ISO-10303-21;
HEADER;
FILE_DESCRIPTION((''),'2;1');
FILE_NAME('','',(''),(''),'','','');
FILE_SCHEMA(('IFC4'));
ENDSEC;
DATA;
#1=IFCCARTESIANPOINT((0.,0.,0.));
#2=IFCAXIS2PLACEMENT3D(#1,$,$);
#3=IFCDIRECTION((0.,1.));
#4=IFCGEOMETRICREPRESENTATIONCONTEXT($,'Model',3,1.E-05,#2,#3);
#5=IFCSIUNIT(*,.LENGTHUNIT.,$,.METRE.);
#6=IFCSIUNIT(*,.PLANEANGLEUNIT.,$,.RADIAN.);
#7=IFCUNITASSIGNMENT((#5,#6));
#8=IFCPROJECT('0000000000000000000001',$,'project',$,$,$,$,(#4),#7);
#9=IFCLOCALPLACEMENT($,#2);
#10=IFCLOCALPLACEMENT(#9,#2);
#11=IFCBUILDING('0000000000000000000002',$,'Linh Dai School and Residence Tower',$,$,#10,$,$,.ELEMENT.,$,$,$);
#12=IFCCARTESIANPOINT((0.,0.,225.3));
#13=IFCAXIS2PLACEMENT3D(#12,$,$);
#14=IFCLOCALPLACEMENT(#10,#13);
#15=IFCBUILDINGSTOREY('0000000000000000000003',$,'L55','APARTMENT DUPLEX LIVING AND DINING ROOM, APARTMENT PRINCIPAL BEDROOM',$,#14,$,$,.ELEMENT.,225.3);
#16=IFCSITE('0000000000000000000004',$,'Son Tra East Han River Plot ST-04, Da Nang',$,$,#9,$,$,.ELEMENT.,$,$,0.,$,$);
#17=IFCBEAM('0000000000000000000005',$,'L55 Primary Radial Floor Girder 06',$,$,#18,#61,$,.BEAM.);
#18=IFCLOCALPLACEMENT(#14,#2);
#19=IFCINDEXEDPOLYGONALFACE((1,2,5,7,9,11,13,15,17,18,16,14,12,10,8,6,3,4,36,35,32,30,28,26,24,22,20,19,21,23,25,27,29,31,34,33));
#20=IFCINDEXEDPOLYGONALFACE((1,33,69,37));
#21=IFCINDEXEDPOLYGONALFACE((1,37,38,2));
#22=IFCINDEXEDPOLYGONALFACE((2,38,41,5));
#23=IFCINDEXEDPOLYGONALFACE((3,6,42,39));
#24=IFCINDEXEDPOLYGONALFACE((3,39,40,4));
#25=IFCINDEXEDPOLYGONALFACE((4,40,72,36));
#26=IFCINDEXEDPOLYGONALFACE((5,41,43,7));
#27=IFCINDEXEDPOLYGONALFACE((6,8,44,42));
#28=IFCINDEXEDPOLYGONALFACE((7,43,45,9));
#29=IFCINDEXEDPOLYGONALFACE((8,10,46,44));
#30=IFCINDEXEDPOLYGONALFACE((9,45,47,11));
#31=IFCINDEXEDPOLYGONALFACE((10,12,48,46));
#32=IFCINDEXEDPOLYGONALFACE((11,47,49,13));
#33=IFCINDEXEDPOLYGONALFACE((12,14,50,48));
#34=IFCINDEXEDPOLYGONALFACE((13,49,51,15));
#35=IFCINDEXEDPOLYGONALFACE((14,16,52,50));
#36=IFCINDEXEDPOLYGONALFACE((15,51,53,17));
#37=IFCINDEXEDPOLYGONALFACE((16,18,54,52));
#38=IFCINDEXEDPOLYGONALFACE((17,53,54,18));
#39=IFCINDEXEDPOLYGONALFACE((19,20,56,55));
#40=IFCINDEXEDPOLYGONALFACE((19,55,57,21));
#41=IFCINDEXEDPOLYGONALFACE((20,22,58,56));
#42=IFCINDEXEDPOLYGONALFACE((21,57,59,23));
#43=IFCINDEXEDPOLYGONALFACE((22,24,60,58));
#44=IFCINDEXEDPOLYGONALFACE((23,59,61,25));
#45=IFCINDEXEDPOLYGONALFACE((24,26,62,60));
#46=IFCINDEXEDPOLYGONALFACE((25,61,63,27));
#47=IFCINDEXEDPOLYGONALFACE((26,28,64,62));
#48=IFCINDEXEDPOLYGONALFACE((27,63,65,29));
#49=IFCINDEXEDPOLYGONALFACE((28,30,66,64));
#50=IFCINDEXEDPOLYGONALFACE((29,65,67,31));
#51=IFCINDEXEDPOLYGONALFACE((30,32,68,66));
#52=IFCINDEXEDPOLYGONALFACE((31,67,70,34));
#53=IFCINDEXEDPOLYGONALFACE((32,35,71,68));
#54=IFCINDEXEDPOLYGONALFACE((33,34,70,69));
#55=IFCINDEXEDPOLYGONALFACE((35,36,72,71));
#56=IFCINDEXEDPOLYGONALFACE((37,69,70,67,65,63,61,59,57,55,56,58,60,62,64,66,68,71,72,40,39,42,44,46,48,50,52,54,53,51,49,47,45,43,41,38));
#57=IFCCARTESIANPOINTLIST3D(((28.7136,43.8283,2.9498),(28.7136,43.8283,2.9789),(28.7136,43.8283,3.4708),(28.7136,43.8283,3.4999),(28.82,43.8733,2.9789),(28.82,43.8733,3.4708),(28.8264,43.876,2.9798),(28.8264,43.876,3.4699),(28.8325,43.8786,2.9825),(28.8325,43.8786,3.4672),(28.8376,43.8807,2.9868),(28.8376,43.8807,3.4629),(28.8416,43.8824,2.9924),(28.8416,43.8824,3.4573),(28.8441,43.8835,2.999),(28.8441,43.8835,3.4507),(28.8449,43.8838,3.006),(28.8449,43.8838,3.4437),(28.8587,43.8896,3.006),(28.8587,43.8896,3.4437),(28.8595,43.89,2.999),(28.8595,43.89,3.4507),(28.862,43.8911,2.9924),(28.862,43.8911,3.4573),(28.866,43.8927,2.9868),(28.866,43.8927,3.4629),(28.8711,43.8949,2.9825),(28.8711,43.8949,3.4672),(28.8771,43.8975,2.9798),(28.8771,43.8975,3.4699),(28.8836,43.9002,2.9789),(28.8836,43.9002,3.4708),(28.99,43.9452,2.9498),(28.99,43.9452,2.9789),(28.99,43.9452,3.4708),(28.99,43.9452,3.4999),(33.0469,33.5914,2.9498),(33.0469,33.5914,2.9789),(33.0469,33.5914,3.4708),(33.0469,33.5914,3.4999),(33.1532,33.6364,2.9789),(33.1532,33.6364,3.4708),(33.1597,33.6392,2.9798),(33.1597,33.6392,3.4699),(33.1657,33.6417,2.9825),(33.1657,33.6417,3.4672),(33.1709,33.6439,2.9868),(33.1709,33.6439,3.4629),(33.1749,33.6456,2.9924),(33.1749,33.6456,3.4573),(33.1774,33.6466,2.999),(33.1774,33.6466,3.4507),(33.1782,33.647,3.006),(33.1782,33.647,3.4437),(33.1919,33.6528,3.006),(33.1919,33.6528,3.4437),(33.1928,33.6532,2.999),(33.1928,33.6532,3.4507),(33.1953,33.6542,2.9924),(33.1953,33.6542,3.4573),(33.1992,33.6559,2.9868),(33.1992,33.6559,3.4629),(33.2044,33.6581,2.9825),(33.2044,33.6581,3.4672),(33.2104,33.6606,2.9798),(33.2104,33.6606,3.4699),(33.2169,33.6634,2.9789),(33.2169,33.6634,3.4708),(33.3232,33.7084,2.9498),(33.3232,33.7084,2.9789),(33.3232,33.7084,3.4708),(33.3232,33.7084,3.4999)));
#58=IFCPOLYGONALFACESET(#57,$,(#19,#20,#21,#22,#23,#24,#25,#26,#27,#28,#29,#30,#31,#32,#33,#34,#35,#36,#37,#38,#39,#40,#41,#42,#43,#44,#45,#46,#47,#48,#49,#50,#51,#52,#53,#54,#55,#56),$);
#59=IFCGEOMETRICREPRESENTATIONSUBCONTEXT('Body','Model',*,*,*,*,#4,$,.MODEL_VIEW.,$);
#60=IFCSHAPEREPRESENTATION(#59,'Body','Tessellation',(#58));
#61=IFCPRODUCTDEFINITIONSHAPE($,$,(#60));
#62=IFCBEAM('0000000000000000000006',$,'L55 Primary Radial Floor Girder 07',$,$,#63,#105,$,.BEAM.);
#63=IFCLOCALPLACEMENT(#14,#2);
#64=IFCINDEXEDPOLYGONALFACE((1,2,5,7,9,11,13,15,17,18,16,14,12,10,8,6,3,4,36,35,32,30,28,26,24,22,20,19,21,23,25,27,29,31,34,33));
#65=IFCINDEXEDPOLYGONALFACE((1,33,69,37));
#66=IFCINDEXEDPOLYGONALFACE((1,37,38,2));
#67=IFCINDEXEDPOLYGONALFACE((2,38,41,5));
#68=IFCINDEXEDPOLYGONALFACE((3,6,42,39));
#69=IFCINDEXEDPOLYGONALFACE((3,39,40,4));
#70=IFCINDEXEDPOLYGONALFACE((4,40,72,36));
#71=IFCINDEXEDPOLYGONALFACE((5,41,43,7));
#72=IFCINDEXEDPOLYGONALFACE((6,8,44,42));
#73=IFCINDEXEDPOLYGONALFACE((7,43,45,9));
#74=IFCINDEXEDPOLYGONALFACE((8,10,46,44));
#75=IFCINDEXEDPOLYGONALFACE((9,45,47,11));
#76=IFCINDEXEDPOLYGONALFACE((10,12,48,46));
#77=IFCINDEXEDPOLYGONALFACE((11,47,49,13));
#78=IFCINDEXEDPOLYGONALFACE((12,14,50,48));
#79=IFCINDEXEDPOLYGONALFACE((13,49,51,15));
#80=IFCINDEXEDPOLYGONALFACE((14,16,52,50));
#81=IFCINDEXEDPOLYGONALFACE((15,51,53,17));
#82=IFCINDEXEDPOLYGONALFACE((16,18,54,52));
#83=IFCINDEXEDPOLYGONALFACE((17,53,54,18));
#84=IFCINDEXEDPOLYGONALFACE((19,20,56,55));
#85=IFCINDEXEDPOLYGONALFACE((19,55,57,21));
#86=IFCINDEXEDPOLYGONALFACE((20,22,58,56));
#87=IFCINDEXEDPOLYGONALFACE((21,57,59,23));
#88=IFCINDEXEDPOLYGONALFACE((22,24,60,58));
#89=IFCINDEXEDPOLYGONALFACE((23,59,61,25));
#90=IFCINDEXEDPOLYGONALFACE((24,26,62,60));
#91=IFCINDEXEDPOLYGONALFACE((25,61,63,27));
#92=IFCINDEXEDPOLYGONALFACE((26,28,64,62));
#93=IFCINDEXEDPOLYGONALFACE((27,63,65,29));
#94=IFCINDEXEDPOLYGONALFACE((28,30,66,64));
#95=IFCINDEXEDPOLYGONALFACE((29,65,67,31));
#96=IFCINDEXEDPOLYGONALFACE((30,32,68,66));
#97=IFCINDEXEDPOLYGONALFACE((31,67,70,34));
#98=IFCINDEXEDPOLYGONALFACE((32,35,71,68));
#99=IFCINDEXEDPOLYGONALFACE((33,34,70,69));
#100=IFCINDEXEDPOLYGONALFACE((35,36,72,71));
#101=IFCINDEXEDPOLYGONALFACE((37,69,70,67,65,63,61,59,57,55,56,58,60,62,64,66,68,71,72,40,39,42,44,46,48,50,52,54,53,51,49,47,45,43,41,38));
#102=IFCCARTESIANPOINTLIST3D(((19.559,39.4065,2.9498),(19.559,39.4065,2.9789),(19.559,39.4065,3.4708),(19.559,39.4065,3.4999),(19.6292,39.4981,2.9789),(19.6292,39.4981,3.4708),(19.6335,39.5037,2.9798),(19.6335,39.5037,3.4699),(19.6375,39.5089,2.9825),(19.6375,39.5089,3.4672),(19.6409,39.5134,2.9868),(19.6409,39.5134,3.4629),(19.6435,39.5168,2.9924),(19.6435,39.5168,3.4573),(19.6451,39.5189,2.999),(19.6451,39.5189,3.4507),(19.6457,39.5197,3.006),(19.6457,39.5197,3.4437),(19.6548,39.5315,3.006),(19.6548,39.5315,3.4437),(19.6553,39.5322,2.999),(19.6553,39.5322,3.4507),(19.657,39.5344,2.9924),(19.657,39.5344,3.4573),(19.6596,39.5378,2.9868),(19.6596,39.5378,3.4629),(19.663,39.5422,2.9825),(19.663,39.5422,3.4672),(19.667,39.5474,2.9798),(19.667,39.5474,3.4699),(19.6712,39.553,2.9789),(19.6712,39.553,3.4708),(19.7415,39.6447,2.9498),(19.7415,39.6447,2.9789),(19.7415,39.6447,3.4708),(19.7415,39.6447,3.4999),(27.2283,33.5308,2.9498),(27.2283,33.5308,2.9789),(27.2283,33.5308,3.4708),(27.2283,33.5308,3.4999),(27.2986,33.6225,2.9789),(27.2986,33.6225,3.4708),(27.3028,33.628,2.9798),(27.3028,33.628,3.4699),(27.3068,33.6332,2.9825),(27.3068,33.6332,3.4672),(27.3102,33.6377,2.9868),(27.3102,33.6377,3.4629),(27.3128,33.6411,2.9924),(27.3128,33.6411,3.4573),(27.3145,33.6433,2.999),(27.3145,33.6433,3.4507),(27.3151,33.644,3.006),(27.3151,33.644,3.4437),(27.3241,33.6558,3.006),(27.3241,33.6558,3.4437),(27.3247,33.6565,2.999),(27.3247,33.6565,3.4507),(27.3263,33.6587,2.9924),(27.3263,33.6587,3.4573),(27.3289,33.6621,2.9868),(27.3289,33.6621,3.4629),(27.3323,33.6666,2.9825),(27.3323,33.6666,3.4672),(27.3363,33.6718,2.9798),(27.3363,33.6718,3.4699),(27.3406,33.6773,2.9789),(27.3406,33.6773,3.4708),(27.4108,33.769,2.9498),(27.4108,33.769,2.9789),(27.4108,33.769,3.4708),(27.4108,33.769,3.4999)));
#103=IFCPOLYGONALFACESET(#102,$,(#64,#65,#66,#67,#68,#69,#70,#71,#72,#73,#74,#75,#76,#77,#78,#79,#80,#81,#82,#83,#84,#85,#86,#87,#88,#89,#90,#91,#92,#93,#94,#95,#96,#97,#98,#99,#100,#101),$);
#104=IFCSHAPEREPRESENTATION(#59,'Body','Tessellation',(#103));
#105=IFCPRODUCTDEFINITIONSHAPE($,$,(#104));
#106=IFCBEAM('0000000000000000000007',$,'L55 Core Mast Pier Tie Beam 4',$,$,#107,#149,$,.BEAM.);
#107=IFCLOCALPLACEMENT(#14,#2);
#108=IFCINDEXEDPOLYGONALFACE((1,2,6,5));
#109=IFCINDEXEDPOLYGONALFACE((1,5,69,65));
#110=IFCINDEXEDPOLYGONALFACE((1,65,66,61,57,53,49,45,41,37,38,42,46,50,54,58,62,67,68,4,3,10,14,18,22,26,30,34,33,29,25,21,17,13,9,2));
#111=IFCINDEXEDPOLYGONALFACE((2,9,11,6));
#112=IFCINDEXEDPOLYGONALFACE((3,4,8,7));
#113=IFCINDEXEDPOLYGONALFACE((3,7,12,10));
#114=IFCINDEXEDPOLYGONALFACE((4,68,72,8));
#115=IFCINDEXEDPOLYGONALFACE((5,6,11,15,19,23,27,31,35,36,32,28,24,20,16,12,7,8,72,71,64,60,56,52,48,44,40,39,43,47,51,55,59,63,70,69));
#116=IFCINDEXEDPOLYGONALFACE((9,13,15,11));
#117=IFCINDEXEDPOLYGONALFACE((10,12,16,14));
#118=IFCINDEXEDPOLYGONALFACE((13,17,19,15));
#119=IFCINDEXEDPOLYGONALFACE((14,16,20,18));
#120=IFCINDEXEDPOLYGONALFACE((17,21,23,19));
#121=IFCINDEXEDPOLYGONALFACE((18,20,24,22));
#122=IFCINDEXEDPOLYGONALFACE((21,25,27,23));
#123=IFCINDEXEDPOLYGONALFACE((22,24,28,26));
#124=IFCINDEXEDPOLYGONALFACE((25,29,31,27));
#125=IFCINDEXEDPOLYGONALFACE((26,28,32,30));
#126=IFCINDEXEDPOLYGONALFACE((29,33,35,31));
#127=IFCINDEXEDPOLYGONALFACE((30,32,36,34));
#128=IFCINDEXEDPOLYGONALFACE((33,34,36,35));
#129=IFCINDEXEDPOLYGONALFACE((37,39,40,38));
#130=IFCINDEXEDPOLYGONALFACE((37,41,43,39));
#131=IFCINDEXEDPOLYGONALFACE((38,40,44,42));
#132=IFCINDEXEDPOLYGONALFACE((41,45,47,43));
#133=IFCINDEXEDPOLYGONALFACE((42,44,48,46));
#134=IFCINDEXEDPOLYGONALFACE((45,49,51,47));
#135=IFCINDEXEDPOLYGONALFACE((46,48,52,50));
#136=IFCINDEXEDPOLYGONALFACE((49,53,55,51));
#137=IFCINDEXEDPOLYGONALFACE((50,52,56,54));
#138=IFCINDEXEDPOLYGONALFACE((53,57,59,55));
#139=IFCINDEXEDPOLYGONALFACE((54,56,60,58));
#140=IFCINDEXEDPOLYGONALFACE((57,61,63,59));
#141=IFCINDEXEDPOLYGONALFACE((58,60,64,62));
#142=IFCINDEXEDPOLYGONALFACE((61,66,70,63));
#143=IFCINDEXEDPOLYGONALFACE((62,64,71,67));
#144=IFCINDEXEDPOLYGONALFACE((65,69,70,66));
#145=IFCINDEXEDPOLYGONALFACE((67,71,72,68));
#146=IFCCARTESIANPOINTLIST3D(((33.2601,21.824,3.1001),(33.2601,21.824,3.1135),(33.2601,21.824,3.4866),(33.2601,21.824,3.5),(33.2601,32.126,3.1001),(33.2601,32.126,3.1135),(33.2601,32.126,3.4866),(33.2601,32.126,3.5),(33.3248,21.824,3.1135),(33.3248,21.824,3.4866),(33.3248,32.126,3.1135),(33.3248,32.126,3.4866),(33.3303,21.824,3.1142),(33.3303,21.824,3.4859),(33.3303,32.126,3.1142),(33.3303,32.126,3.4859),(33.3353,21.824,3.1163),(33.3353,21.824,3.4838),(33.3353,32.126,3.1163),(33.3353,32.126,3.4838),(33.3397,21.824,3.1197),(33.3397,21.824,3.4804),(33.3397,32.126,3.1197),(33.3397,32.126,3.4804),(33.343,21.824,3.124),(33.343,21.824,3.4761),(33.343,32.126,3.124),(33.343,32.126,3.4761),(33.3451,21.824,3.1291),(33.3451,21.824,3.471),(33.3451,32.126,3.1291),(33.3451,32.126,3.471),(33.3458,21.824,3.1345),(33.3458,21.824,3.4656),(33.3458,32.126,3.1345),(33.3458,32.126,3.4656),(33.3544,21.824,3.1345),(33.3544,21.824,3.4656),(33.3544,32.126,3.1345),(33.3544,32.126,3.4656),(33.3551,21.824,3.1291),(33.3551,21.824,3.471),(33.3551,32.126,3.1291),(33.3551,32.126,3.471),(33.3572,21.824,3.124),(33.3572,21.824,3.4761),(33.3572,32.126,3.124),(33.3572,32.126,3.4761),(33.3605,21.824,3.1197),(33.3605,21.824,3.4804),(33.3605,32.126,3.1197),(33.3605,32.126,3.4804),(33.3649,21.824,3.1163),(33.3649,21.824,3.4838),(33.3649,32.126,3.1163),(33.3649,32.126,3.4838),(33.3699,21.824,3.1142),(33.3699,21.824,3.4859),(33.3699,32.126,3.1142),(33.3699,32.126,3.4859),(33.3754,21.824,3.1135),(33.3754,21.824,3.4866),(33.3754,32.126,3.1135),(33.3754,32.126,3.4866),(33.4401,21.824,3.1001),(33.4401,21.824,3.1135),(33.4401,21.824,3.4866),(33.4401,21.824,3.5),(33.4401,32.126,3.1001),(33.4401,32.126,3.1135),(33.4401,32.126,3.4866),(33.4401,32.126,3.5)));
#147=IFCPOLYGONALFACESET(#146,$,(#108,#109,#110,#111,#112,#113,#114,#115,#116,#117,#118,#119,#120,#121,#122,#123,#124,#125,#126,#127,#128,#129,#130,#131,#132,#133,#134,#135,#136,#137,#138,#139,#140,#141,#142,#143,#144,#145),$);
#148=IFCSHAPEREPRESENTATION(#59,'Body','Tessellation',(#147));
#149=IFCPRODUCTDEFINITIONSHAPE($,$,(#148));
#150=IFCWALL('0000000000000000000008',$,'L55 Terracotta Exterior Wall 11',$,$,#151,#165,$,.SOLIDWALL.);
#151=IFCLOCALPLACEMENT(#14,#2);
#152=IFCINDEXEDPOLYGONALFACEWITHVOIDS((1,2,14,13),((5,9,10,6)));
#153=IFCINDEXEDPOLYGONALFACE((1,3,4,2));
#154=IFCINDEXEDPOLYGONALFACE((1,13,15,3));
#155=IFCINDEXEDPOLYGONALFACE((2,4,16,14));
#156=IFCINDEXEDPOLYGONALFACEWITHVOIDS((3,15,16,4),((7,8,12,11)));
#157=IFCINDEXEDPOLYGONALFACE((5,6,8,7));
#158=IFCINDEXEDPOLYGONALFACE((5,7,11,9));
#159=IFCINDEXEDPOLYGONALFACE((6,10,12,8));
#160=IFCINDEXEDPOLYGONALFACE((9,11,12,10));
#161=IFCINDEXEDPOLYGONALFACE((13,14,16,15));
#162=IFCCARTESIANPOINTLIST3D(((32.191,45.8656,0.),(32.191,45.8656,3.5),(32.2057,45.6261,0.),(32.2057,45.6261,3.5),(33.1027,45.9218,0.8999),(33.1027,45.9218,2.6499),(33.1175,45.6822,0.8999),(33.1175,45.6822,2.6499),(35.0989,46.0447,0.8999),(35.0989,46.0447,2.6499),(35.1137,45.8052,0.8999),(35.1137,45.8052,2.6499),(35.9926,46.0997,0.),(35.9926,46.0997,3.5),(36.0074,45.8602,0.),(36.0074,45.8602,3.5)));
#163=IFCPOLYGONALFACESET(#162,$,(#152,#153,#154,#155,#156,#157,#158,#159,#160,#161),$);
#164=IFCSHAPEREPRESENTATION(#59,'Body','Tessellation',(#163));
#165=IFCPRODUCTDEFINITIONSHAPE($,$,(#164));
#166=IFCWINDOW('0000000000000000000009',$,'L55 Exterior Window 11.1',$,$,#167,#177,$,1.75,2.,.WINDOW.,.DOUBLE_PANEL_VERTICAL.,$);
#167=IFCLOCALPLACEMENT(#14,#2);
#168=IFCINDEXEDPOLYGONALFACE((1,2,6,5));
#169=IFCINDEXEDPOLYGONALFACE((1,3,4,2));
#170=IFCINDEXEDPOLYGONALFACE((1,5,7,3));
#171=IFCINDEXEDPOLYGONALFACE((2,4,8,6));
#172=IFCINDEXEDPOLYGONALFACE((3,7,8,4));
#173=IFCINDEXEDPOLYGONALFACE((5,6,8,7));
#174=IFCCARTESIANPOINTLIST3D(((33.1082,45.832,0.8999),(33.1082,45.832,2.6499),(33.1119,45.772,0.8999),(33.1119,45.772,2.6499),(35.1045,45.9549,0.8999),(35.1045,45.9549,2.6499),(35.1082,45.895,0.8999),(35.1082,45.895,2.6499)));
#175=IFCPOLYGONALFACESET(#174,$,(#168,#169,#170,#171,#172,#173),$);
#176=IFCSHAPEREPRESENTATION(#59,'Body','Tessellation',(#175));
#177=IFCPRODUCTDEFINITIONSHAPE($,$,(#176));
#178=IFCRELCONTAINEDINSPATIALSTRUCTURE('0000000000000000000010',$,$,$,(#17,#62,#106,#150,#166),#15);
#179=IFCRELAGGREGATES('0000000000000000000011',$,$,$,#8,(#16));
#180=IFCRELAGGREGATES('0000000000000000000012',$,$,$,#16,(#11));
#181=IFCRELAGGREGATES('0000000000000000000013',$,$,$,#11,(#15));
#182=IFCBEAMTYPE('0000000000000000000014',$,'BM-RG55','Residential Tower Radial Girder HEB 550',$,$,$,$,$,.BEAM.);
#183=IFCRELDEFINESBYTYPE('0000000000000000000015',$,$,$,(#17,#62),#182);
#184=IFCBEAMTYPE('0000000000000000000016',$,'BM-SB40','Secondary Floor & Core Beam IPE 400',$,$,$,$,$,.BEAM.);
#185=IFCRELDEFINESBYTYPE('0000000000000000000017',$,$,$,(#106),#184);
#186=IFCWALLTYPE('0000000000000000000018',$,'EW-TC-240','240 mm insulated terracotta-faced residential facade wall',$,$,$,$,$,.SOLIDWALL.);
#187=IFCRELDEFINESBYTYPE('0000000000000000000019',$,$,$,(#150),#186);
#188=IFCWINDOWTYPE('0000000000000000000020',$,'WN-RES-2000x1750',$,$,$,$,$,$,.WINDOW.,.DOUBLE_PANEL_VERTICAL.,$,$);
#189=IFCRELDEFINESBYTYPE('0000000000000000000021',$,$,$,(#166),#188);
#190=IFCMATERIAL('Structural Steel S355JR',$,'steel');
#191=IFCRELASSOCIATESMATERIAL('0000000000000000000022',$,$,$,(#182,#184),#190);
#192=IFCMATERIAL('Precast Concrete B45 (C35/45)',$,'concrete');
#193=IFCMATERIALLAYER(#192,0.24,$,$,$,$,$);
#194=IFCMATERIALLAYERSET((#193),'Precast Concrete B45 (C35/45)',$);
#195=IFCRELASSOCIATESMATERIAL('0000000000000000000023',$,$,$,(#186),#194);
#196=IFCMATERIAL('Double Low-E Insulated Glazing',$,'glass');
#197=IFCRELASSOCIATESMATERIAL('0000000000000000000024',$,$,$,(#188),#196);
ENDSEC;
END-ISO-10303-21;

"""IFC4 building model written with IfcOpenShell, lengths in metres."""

from ifc_helpers import new_model, si_unit, direction, frame, frame_2d, origin, origin_2d, place, context, subcontext, project, spatial, rectangle, i_section, extrude, source, transform, mapped, material, layer, layer_set, material_profile, profile_set, type_object, element, fill, save


model = new_model("IFC4")

# Units and contexts
model_context = context("Model", 3, precision=1e-05, world=origin(), true_north=direction((0.0, 1.0)))
body_context = subcontext(model_context, "Body", "Model", "MODEL_VIEW")
ifc_project = project(units=[si_unit("LENGTHUNIT", "METRE"), si_unit("PLANEANGLEUNIT", "RADIAN")], contexts=[model_context])

# Site, building, storey
site_placement = place(None, origin())
site = spatial("IfcSite", under=ifc_project, at=site_placement, Name="Son Tra East Han River Plot ST-04, Da Nang", CompositionType="ELEMENT", RefElevation=0.0)
building_placement = place(site_placement, origin())
building = spatial("IfcBuilding", under=site, at=building_placement, Name="Linh Dai School and Residence Tower", CompositionType="ELEMENT")
storey_placement = place(building_placement, frame((0.0, 0.0, 225.3)))
storey = spatial("IfcBuildingStorey", under=building, at=storey_placement, Name="L55", Description="APARTMENT DUPLEX LIVING AND DINING ROOM, APARTMENT PRINCIPAL BEDROOM", CompositionType="ELEMENT", Elevation=225.3)

# Shared definitions
ifc_material_1 = material(Name="Structural Steel S355JR", Category="steel")

# Beams
ifc_material_profile_1 = material_profile(ifc_material_1, i_section(OverallWidth=0.3, OverallDepth=0.55, WebThickness=0.0149, FlangeThickness=0.0291, FilletRadius=0.0271, at=origin_2d()), Name="HEB 550")
ifc_profile_set_1 = profile_set([ifc_material_profile_1], Name="Structural Steel S355JR")
beam_type_1 = type_object("IfcBeamType", Name="BM-RG55", Description="Residential Tower Radial Girder HEB 550", PredefinedType="BEAM", material=ifc_profile_set_1)
beam_1_placement = place(storey_placement, frame((33.1851, 33.6499, 3.2249), z_axis=(-0.389815, 0.920893, 0.0), x_axis=(-0.920893, -0.389815, 0.0)))
element("IfcBeam", 1, at=beam_1_placement, inside=storey, type_object=beam_type_1, Name="L55 Primary Radial Floor Girder 06", PredefinedType="BEAM", context=body_context, shape_type="SweptSolid", body=[
    extrude(i_section(OverallWidth=0.3, OverallDepth=0.55, WebThickness=0.0149, FlangeThickness=0.0291, FilletRadius=0.0271, at=origin_2d()), origin(), (0.0, 0.0, 1.0), 11.1162),
])
beam_2_placement = place(storey_placement, frame((27.3196, 33.6499, 3.2249), z_axis=(-0.793815, 0.60816, 0.0), x_axis=(-0.60816, -0.793815, 0.0)))
element("IfcBeam", 2, at=beam_2_placement, inside=storey, type_object=beam_type_1, Name="L55 Primary Radial Floor Girder 07", PredefinedType="BEAM", context=body_context, shape_type="SweptSolid", body=[
    extrude(i_section(OverallWidth=0.3, OverallDepth=0.55, WebThickness=0.0149, FlangeThickness=0.0291, FilletRadius=0.0271, at=origin_2d()), origin(), (0.0, 0.0, 1.0), 9.6614),
])
ifc_material_profile_2 = material_profile(ifc_material_1, i_section(OverallWidth=0.1799, OverallDepth=0.3999, WebThickness=0.0085, FlangeThickness=0.0134, FilletRadius=0.021, at=origin_2d()), Name="IPE 400")
ifc_profile_set_2 = profile_set([ifc_material_profile_2], Name="Structural Steel S355JR")
beam_type_2 = type_object("IfcBeamType", Name="BM-SB40", Description="Secondary Floor & Core Beam IPE 400", PredefinedType="BEAM", material=ifc_profile_set_2)
beam_3_placement = place(storey_placement, frame((33.3501, 32.126, 3.3), z_axis=(0.0, -1.0, 0.0), x_axis=(1.0, 0.0, 0.0)))
element("IfcBeam", 3, at=beam_3_placement, inside=storey, type_object=beam_type_2, Name="L55 Core Mast Pier Tie Beam 4", PredefinedType="BEAM", context=body_context, shape_type="SweptSolid", body=[
    extrude(i_section(OverallWidth=0.1799, OverallDepth=0.3999, WebThickness=0.0085, FlangeThickness=0.0134, FilletRadius=0.021, at=origin_2d()), origin(), (0.0, 0.0, 1.0), 10.302),
])

# Wall, opening, window
ifc_material_2 = material(Name="Precast Concrete B45 (C35/45)", Category="concrete")
ifc_layer_1 = layer(ifc_material_2, 0.24)
ifc_layer_set_1 = layer_set([ifc_layer_1], Name="Precast Concrete B45 (C35/45)")
wall_type_1 = type_object("IfcWallType", Name="EW-TC-240", Description="240 mm insulated terracotta-faced residential facade wall", PredefinedType="SOLIDWALL", material=ifc_layer_set_1)
wall_1_placement = place(storey_placement, frame((32.1985, 45.7458, 0.0), z_axis=(0.0, 0.0, 1.0), x_axis=(0.998109, 0.061472, 0.0)))
wall_1 = element("IfcWall", 4, at=wall_1_placement, inside=storey, type_object=wall_type_1, Name="L55 Terracotta Exterior Wall 11", PredefinedType="SOLIDWALL", context=body_context, shape_type="SweptSolid", body=[
    extrude(rectangle(XDim=3.8088, YDim=0.24, at=frame_2d((1.9043, 0.0))), origin(), (0.0, 0.0, 1.0), 3.5),
])
opening_1_placement = place(wall_1_placement, frame((0.9133, 0.0, 0.8999)))
opening_1 = element("IfcOpeningElement", 5, at=opening_1_placement, cuts=wall_1, PredefinedType="OPENING", context=body_context, shape_type="SweptSolid", body=[
    extrude(rectangle(XDim=2.0, YDim=1.75, at=origin_2d()), frame((1.0, 0.1299, 0.875), z_axis=(0.0, -1.0, 0.0), x_axis=(1.0, 0.0, 0.0)), (0.0, 0.0, 1.0), 0.26),
])
ifc_material_3 = material(Name="Double Low-E Insulated Glazing", Category="glass")
window_type = type_object("IfcWindowType", Name="WN-RES-2000x1750", PartitioningType="DOUBLE_PANEL_VERTICAL", PredefinedType="WINDOW", material=ifc_material_3)
shared_shape_1 = source(origin(), body_context, "Body", "SweptSolid", [
    extrude(rectangle(XDim=2.0, YDim=1.75, at=origin_2d()), frame((1.0, 0.03, 0.875), z_axis=(0.0, -1.0, 0.0), x_axis=(1.0, 0.0, 0.0)), (0.0, 0.0, 1.0), 0.0601),
])
window_1_placement = place(opening_1_placement, origin())
window_1 = element("IfcWindow", 6, at=window_1_placement, inside=storey, type_object=window_type, Name="L55 Exterior Window 11.1", OverallHeight=1.75, OverallWidth=2.0, PartitioningType="DOUBLE_PANEL_VERTICAL", PredefinedType="WINDOW", context=body_context, shape_type="MappedRepresentation", body=[
    mapped(shared_shape_1, transform((0.0, 0.0, 0.0), x_axis=(1.0, 0.0, 0.0), y_axis=(0.0, 1.0, 0.0), z_axis=(0.0, 0.0, 1.0), scale=1.0)),
])
fill(opening_1, window_1)

save(model, "model.ifc")
